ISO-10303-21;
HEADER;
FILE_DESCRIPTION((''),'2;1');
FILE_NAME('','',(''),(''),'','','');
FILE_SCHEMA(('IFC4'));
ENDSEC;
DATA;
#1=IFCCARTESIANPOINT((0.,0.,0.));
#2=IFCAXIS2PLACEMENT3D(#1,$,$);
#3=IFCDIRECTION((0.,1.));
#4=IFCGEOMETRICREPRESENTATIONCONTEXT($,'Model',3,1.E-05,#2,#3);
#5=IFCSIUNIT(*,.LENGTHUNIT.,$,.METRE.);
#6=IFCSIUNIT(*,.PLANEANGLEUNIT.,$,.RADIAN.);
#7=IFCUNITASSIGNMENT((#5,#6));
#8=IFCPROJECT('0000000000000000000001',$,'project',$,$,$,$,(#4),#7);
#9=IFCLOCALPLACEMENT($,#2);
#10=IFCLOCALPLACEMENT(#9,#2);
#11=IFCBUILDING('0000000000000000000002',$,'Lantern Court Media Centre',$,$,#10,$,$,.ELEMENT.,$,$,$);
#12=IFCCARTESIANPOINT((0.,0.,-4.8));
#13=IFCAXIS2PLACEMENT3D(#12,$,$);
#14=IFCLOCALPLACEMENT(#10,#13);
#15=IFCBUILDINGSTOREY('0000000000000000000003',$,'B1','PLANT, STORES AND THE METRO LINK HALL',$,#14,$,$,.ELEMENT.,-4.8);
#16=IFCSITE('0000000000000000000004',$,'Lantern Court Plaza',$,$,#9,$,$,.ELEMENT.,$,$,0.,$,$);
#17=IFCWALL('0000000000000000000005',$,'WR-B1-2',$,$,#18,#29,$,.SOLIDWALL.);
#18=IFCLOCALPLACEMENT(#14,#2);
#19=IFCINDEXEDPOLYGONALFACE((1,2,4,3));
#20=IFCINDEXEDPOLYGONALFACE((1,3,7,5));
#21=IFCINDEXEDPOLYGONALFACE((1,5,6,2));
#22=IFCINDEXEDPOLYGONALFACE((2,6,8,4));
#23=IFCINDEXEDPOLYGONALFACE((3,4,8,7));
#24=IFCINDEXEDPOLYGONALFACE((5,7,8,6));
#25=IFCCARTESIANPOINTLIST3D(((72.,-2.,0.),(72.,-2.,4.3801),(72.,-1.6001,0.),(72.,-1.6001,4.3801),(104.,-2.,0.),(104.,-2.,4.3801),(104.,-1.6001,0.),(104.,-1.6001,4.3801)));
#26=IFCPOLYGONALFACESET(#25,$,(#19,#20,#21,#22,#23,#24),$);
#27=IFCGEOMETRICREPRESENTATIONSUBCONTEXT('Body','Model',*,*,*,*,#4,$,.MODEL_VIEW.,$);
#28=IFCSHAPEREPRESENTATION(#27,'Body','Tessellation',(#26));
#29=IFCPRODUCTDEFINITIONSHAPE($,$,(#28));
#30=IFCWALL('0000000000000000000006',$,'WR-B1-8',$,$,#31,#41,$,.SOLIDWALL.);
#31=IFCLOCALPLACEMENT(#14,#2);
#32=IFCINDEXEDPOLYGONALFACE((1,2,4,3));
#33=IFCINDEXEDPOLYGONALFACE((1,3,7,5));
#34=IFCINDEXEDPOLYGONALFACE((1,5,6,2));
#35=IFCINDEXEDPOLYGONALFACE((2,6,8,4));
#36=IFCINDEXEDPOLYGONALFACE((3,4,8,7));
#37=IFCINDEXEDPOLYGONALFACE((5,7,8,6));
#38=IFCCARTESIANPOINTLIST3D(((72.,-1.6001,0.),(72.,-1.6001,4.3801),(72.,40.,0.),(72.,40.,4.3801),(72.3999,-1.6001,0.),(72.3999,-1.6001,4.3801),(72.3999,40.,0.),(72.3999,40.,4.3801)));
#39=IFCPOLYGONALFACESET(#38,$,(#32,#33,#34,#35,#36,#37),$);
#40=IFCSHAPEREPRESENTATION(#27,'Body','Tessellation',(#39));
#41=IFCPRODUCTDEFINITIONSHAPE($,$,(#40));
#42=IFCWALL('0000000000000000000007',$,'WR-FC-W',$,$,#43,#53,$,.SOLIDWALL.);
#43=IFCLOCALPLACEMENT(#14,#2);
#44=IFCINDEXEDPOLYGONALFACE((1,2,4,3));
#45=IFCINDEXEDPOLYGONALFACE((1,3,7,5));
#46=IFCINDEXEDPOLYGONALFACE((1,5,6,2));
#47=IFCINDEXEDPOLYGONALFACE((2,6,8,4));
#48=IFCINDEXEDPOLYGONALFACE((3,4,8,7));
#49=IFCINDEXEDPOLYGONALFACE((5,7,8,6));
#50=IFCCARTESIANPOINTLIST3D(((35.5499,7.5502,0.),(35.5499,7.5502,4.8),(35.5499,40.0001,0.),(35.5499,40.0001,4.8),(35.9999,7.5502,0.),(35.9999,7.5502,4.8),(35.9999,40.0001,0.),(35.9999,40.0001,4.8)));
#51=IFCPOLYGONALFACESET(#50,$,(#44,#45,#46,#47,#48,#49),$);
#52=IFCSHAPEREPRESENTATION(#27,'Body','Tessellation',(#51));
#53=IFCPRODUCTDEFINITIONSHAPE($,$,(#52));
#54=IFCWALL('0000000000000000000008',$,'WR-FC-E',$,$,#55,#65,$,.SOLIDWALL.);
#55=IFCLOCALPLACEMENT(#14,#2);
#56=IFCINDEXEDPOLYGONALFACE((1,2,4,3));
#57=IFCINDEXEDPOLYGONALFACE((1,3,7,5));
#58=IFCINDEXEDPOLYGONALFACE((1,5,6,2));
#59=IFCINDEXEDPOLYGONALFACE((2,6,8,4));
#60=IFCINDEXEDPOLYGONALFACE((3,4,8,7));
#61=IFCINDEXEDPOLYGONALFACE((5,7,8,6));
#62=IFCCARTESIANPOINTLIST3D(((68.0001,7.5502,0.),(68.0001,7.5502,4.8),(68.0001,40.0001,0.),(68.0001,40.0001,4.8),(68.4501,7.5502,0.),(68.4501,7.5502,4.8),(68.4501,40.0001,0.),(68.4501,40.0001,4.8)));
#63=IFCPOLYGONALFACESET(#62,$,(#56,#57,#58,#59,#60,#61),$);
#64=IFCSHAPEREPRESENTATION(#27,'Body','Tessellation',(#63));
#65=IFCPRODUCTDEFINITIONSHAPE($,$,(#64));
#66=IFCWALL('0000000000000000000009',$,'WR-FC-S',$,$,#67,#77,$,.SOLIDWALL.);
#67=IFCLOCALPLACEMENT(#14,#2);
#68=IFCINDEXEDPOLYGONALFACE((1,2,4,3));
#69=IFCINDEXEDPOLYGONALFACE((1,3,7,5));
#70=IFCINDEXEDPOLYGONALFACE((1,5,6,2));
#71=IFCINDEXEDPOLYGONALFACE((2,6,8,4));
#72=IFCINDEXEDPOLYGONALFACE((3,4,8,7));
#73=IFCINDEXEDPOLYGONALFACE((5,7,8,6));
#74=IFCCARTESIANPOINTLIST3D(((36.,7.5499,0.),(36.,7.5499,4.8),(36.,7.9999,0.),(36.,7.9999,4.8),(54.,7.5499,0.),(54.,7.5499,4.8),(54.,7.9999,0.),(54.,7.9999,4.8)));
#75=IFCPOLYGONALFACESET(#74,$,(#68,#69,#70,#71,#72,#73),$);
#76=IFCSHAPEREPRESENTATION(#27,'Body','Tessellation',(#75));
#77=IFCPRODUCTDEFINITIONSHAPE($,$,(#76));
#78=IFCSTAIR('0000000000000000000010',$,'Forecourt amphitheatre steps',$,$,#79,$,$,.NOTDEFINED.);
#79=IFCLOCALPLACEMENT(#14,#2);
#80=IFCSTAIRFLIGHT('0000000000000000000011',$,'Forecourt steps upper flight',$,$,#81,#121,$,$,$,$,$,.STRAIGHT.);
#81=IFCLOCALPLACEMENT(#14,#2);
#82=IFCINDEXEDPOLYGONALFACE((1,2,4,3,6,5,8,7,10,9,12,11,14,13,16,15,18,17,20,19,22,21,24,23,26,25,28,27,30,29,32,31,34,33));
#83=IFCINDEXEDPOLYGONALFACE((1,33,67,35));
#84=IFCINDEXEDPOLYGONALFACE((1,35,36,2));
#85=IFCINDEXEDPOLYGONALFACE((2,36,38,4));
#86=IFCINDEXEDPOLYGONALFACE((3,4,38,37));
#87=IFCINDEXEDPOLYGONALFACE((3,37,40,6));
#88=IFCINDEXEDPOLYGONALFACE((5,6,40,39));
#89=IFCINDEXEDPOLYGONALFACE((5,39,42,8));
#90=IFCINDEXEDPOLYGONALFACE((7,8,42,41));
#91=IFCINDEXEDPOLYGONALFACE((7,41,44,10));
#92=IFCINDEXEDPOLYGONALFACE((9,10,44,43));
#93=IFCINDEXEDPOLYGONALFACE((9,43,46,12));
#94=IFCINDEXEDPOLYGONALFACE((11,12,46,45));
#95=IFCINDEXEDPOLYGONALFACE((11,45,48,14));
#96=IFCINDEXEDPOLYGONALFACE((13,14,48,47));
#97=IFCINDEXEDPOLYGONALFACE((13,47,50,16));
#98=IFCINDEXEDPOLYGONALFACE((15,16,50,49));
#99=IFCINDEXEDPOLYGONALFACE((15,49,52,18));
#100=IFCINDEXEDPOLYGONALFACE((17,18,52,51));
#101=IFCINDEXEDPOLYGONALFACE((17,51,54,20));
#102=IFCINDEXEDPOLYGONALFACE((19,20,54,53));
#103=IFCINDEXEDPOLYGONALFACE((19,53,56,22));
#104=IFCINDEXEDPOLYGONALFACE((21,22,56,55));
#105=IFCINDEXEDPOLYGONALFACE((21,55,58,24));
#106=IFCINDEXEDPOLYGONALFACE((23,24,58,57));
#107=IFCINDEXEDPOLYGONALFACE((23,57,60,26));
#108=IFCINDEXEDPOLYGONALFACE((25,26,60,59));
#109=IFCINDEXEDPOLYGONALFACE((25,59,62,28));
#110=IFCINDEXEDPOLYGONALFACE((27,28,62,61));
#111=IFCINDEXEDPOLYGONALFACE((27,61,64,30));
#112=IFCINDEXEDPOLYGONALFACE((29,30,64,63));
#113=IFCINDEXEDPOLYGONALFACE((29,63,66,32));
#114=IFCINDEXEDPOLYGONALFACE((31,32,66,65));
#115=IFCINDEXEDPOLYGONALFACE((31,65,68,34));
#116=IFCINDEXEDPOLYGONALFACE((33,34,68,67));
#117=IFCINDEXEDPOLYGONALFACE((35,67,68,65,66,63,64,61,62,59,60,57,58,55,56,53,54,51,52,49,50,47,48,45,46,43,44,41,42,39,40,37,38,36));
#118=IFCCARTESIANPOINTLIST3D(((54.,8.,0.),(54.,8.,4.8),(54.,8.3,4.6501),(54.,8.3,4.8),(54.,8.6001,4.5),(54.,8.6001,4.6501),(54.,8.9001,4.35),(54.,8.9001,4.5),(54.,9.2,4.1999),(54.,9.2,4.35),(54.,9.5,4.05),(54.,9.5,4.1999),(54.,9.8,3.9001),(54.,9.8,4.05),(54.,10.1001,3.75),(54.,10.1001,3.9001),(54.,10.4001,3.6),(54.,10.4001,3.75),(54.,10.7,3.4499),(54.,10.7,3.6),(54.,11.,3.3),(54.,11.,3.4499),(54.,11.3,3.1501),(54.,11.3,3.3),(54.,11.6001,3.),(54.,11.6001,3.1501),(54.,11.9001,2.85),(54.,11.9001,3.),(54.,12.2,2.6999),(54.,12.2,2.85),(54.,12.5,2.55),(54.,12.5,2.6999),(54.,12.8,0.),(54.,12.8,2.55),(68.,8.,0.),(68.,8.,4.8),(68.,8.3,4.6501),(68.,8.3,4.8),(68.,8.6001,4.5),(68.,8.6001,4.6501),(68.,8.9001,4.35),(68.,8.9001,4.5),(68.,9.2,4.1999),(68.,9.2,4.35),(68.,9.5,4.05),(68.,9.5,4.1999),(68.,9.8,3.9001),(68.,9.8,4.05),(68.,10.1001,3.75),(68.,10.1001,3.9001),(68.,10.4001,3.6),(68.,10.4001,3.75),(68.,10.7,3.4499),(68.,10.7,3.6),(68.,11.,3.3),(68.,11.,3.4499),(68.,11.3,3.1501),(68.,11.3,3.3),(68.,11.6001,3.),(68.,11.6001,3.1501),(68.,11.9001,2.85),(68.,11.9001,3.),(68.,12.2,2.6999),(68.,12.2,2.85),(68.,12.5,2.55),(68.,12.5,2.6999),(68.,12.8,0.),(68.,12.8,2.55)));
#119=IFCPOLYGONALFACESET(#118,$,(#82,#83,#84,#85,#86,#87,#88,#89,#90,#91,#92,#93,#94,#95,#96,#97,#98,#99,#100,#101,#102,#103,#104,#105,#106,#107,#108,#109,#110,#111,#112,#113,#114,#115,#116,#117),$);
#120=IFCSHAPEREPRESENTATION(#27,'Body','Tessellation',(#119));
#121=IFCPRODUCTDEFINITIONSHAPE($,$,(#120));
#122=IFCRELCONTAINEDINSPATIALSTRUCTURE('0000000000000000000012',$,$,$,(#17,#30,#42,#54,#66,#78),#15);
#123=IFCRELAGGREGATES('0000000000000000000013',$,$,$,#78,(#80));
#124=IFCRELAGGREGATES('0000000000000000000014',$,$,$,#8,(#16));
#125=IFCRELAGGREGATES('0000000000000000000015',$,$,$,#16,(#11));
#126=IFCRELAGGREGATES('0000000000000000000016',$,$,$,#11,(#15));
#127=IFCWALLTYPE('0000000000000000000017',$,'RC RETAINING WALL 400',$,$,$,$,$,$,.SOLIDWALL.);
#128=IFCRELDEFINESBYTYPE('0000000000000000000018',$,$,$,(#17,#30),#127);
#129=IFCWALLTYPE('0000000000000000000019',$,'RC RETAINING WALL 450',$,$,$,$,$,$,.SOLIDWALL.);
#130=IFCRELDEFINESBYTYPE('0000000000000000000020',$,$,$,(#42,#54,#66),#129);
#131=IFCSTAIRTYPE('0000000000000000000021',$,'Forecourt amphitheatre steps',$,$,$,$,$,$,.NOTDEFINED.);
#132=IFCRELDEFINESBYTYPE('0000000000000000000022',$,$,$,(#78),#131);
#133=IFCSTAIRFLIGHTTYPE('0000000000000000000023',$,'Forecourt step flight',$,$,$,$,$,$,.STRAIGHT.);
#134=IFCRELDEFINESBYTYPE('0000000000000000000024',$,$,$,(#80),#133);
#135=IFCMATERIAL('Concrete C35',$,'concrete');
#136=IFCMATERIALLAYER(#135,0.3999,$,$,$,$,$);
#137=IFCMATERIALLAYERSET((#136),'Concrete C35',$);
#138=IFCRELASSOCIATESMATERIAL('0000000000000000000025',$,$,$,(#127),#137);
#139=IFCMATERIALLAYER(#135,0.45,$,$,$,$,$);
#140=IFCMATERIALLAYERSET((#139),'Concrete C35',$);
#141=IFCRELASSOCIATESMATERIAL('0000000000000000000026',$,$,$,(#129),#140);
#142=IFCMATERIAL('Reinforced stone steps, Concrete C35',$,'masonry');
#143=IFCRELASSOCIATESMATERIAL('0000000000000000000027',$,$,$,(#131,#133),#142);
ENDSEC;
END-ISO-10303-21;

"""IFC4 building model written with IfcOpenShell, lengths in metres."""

from ifc_helpers import new_model, si_unit, direction, frame, frame_2d, origin, place, context, subcontext, project, spatial, polyline, rectangle, outline, extrude, material, layer, layer_set, type_object, element, aggregate, save


model = new_model("IFC4")

# Units and contexts
model_context = context("Model", 3, precision=1e-05, world=origin(), true_north=direction((0.0, 1.0)))
body_context = subcontext(model_context, "Body", "Model", "MODEL_VIEW")
ifc_project = project(units=[si_unit("LENGTHUNIT", "METRE"), si_unit("PLANEANGLEUNIT", "RADIAN")], contexts=[model_context])

# Site, building, storey
site_placement = place(None, origin())
site = spatial("IfcSite", under=ifc_project, at=site_placement, Name="Lantern Court Plaza", CompositionType="ELEMENT", RefElevation=0.0)
building_placement = place(site_placement, origin())
building = spatial("IfcBuilding", under=site, at=building_placement, Name="Lantern Court Media Centre", CompositionType="ELEMENT")
storey_placement = place(building_placement, frame((0.0, 0.0, -4.8)))
storey = spatial("IfcBuildingStorey", under=building, at=storey_placement, Name="B1", Description="PLANT, STORES AND THE METRO LINK HALL", CompositionType="ELEMENT", Elevation=-4.8)

# Walls
ifc_material_1 = material(Name="Concrete C35", Category="concrete")
ifc_layer_1 = layer(ifc_material_1, 0.3999)
ifc_layer_set_1 = layer_set([ifc_layer_1], Name="Concrete C35")
wall_type_1 = type_object("IfcWallType", Name="RC RETAINING WALL 400", PredefinedType="SOLIDWALL", material=ifc_layer_set_1)
wall_1_placement = place(storey_placement, frame((72.0, -1.8, 0.0), z_axis=(0.0, 0.0, 1.0), x_axis=(1.0, 0.0, 0.0)))
element("IfcWall", 1, at=wall_1_placement, inside=storey, type_object=wall_type_1, Name="WR-B1-2", PredefinedType="SOLIDWALL", context=body_context, shape_type="SweptSolid", body=[
    extrude(rectangle(XDim=32.0, YDim=0.3999, at=frame_2d((16.0, 0.0))), origin(), (0.0, 0.0, 1.0), 4.3801),
])
wall_2_placement = place(storey_placement, frame((72.2, -1.6001, 0.0), z_axis=(0.0, 0.0, 1.0), x_axis=(0.0, 1.0, 0.0)))
element("IfcWall", 2, at=wall_2_placement, inside=storey, type_object=wall_type_1, Name="WR-B1-8", PredefinedType="SOLIDWALL", context=body_context, shape_type="SweptSolid", body=[
    extrude(rectangle(XDim=41.6001, YDim=0.3999, at=frame_2d((20.8, 0.0))), origin(), (0.0, 0.0, 1.0), 4.3801),
])
ifc_layer_2 = layer(ifc_material_1, 0.45)
ifc_layer_set_2 = layer_set([ifc_layer_2], Name="Concrete C35")
wall_type_2 = type_object("IfcWallType", Name="RC RETAINING WALL 450", PredefinedType="SOLIDWALL", material=ifc_layer_set_2)
for number, where, z_axis, x_axis, name in (
    (3, (35.7749, 7.55, 0.0), (0.0, 0.0, 1.0), (0.0, 1.0, 0.0), "WR-FC-W"),
    (4, (68.2251, 7.55, 0.0), (0.0, 0.0, 1.0), (0.0, 1.0, 0.0), "WR-FC-E"),
):
    element("IfcWall", number, at=place(storey_placement, frame(where, z_axis=z_axis, x_axis=x_axis)), inside=storey, type_object=wall_type_2, Name=name, PredefinedType="SOLIDWALL", context=body_context, shape_type="SweptSolid", body=[
        extrude(rectangle(XDim=32.45, YDim=0.45, at=frame_2d((16.2251, 0.0))), origin(), (0.0, 0.0, 1.0), 4.8),
    ])
wall_3_placement = place(storey_placement, frame((36.0, 7.7749, 0.0), z_axis=(0.0, 0.0, 1.0), x_axis=(1.0, 0.0, 0.0)))
element("IfcWall", 5, at=wall_3_placement, inside=storey, type_object=wall_type_2, Name="WR-FC-S", PredefinedType="SOLIDWALL", context=body_context, shape_type="SweptSolid", body=[
    extrude(rectangle(XDim=18.0, YDim=0.45, at=frame_2d((9.0, 0.0))), origin(), (0.0, 0.0, 1.0), 4.8),
])

# Stair, stair flight
ifc_material_2 = material(Name="Reinforced stone steps, Concrete C35", Category="masonry")
stair_type = type_object("IfcStairType", Name="Forecourt amphitheatre steps", PredefinedType="NOTDEFINED", material=ifc_material_2)
stair_placement = place(storey_placement, origin())
stair = element("IfcStair", 6, at=stair_placement, inside=storey, type_object=stair_type, Name="Forecourt amphitheatre steps", PredefinedType="NOTDEFINED")
stair_flight_type = type_object("IfcStairFlightType", Name="Forecourt step flight", PredefinedType="STRAIGHT", material=ifc_material_2)
placement = place(building_placement, origin())
stair_flight_placement = place(placement, frame((61.0, 12.8, -4.8), z_axis=(0.0, 0.0, 1.0), x_axis=(0.0, -1.0, 0.0)))
stair_flight = element("IfcStairFlight", 7, at=stair_flight_placement, type_object=stair_flight_type, Name="Forecourt steps upper flight", PredefinedType="STRAIGHT", context=body_context, shape_type="SweptSolid", body=[
    extrude(outline(polyline([(0.0, 0.0), (4.8, 0.0), (4.8, 4.8), (4.5, 4.8), (4.5, 4.6501), (4.2, 4.6501), (4.2, 4.5), (3.8999, 4.5), (3.8999, 4.3501), (3.6001, 4.3501), (3.6001, 4.2), (3.3, 4.2), (3.3, 4.05), (3.0, 4.05), (3.0, 3.9001), (2.7, 3.9001), (2.7, 3.75), (2.3999, 3.75), (2.3999, 3.6001), (2.1001, 3.6001), (2.1001, 3.45), (1.8, 3.45), (1.8, 3.3), (1.5, 3.3), (1.5, 3.1501), (1.2, 3.1501), (1.2, 3.0), (0.8999, 3.0), (0.8999, 2.8501), (0.6001, 2.8501), (0.6001, 2.7), (0.3, 2.7), (0.3, 2.55), (0.0, 2.55), (0.0, 0.0)])), frame((0.0, 7.0, 0.0), z_axis=(0.0, -1.0, 0.0), x_axis=(1.0, 0.0, 0.0)), (0.0, 0.0, 1.0), 14.0),
])
aggregate(stair, [stair_flight])

save(model, "model.ifc")
